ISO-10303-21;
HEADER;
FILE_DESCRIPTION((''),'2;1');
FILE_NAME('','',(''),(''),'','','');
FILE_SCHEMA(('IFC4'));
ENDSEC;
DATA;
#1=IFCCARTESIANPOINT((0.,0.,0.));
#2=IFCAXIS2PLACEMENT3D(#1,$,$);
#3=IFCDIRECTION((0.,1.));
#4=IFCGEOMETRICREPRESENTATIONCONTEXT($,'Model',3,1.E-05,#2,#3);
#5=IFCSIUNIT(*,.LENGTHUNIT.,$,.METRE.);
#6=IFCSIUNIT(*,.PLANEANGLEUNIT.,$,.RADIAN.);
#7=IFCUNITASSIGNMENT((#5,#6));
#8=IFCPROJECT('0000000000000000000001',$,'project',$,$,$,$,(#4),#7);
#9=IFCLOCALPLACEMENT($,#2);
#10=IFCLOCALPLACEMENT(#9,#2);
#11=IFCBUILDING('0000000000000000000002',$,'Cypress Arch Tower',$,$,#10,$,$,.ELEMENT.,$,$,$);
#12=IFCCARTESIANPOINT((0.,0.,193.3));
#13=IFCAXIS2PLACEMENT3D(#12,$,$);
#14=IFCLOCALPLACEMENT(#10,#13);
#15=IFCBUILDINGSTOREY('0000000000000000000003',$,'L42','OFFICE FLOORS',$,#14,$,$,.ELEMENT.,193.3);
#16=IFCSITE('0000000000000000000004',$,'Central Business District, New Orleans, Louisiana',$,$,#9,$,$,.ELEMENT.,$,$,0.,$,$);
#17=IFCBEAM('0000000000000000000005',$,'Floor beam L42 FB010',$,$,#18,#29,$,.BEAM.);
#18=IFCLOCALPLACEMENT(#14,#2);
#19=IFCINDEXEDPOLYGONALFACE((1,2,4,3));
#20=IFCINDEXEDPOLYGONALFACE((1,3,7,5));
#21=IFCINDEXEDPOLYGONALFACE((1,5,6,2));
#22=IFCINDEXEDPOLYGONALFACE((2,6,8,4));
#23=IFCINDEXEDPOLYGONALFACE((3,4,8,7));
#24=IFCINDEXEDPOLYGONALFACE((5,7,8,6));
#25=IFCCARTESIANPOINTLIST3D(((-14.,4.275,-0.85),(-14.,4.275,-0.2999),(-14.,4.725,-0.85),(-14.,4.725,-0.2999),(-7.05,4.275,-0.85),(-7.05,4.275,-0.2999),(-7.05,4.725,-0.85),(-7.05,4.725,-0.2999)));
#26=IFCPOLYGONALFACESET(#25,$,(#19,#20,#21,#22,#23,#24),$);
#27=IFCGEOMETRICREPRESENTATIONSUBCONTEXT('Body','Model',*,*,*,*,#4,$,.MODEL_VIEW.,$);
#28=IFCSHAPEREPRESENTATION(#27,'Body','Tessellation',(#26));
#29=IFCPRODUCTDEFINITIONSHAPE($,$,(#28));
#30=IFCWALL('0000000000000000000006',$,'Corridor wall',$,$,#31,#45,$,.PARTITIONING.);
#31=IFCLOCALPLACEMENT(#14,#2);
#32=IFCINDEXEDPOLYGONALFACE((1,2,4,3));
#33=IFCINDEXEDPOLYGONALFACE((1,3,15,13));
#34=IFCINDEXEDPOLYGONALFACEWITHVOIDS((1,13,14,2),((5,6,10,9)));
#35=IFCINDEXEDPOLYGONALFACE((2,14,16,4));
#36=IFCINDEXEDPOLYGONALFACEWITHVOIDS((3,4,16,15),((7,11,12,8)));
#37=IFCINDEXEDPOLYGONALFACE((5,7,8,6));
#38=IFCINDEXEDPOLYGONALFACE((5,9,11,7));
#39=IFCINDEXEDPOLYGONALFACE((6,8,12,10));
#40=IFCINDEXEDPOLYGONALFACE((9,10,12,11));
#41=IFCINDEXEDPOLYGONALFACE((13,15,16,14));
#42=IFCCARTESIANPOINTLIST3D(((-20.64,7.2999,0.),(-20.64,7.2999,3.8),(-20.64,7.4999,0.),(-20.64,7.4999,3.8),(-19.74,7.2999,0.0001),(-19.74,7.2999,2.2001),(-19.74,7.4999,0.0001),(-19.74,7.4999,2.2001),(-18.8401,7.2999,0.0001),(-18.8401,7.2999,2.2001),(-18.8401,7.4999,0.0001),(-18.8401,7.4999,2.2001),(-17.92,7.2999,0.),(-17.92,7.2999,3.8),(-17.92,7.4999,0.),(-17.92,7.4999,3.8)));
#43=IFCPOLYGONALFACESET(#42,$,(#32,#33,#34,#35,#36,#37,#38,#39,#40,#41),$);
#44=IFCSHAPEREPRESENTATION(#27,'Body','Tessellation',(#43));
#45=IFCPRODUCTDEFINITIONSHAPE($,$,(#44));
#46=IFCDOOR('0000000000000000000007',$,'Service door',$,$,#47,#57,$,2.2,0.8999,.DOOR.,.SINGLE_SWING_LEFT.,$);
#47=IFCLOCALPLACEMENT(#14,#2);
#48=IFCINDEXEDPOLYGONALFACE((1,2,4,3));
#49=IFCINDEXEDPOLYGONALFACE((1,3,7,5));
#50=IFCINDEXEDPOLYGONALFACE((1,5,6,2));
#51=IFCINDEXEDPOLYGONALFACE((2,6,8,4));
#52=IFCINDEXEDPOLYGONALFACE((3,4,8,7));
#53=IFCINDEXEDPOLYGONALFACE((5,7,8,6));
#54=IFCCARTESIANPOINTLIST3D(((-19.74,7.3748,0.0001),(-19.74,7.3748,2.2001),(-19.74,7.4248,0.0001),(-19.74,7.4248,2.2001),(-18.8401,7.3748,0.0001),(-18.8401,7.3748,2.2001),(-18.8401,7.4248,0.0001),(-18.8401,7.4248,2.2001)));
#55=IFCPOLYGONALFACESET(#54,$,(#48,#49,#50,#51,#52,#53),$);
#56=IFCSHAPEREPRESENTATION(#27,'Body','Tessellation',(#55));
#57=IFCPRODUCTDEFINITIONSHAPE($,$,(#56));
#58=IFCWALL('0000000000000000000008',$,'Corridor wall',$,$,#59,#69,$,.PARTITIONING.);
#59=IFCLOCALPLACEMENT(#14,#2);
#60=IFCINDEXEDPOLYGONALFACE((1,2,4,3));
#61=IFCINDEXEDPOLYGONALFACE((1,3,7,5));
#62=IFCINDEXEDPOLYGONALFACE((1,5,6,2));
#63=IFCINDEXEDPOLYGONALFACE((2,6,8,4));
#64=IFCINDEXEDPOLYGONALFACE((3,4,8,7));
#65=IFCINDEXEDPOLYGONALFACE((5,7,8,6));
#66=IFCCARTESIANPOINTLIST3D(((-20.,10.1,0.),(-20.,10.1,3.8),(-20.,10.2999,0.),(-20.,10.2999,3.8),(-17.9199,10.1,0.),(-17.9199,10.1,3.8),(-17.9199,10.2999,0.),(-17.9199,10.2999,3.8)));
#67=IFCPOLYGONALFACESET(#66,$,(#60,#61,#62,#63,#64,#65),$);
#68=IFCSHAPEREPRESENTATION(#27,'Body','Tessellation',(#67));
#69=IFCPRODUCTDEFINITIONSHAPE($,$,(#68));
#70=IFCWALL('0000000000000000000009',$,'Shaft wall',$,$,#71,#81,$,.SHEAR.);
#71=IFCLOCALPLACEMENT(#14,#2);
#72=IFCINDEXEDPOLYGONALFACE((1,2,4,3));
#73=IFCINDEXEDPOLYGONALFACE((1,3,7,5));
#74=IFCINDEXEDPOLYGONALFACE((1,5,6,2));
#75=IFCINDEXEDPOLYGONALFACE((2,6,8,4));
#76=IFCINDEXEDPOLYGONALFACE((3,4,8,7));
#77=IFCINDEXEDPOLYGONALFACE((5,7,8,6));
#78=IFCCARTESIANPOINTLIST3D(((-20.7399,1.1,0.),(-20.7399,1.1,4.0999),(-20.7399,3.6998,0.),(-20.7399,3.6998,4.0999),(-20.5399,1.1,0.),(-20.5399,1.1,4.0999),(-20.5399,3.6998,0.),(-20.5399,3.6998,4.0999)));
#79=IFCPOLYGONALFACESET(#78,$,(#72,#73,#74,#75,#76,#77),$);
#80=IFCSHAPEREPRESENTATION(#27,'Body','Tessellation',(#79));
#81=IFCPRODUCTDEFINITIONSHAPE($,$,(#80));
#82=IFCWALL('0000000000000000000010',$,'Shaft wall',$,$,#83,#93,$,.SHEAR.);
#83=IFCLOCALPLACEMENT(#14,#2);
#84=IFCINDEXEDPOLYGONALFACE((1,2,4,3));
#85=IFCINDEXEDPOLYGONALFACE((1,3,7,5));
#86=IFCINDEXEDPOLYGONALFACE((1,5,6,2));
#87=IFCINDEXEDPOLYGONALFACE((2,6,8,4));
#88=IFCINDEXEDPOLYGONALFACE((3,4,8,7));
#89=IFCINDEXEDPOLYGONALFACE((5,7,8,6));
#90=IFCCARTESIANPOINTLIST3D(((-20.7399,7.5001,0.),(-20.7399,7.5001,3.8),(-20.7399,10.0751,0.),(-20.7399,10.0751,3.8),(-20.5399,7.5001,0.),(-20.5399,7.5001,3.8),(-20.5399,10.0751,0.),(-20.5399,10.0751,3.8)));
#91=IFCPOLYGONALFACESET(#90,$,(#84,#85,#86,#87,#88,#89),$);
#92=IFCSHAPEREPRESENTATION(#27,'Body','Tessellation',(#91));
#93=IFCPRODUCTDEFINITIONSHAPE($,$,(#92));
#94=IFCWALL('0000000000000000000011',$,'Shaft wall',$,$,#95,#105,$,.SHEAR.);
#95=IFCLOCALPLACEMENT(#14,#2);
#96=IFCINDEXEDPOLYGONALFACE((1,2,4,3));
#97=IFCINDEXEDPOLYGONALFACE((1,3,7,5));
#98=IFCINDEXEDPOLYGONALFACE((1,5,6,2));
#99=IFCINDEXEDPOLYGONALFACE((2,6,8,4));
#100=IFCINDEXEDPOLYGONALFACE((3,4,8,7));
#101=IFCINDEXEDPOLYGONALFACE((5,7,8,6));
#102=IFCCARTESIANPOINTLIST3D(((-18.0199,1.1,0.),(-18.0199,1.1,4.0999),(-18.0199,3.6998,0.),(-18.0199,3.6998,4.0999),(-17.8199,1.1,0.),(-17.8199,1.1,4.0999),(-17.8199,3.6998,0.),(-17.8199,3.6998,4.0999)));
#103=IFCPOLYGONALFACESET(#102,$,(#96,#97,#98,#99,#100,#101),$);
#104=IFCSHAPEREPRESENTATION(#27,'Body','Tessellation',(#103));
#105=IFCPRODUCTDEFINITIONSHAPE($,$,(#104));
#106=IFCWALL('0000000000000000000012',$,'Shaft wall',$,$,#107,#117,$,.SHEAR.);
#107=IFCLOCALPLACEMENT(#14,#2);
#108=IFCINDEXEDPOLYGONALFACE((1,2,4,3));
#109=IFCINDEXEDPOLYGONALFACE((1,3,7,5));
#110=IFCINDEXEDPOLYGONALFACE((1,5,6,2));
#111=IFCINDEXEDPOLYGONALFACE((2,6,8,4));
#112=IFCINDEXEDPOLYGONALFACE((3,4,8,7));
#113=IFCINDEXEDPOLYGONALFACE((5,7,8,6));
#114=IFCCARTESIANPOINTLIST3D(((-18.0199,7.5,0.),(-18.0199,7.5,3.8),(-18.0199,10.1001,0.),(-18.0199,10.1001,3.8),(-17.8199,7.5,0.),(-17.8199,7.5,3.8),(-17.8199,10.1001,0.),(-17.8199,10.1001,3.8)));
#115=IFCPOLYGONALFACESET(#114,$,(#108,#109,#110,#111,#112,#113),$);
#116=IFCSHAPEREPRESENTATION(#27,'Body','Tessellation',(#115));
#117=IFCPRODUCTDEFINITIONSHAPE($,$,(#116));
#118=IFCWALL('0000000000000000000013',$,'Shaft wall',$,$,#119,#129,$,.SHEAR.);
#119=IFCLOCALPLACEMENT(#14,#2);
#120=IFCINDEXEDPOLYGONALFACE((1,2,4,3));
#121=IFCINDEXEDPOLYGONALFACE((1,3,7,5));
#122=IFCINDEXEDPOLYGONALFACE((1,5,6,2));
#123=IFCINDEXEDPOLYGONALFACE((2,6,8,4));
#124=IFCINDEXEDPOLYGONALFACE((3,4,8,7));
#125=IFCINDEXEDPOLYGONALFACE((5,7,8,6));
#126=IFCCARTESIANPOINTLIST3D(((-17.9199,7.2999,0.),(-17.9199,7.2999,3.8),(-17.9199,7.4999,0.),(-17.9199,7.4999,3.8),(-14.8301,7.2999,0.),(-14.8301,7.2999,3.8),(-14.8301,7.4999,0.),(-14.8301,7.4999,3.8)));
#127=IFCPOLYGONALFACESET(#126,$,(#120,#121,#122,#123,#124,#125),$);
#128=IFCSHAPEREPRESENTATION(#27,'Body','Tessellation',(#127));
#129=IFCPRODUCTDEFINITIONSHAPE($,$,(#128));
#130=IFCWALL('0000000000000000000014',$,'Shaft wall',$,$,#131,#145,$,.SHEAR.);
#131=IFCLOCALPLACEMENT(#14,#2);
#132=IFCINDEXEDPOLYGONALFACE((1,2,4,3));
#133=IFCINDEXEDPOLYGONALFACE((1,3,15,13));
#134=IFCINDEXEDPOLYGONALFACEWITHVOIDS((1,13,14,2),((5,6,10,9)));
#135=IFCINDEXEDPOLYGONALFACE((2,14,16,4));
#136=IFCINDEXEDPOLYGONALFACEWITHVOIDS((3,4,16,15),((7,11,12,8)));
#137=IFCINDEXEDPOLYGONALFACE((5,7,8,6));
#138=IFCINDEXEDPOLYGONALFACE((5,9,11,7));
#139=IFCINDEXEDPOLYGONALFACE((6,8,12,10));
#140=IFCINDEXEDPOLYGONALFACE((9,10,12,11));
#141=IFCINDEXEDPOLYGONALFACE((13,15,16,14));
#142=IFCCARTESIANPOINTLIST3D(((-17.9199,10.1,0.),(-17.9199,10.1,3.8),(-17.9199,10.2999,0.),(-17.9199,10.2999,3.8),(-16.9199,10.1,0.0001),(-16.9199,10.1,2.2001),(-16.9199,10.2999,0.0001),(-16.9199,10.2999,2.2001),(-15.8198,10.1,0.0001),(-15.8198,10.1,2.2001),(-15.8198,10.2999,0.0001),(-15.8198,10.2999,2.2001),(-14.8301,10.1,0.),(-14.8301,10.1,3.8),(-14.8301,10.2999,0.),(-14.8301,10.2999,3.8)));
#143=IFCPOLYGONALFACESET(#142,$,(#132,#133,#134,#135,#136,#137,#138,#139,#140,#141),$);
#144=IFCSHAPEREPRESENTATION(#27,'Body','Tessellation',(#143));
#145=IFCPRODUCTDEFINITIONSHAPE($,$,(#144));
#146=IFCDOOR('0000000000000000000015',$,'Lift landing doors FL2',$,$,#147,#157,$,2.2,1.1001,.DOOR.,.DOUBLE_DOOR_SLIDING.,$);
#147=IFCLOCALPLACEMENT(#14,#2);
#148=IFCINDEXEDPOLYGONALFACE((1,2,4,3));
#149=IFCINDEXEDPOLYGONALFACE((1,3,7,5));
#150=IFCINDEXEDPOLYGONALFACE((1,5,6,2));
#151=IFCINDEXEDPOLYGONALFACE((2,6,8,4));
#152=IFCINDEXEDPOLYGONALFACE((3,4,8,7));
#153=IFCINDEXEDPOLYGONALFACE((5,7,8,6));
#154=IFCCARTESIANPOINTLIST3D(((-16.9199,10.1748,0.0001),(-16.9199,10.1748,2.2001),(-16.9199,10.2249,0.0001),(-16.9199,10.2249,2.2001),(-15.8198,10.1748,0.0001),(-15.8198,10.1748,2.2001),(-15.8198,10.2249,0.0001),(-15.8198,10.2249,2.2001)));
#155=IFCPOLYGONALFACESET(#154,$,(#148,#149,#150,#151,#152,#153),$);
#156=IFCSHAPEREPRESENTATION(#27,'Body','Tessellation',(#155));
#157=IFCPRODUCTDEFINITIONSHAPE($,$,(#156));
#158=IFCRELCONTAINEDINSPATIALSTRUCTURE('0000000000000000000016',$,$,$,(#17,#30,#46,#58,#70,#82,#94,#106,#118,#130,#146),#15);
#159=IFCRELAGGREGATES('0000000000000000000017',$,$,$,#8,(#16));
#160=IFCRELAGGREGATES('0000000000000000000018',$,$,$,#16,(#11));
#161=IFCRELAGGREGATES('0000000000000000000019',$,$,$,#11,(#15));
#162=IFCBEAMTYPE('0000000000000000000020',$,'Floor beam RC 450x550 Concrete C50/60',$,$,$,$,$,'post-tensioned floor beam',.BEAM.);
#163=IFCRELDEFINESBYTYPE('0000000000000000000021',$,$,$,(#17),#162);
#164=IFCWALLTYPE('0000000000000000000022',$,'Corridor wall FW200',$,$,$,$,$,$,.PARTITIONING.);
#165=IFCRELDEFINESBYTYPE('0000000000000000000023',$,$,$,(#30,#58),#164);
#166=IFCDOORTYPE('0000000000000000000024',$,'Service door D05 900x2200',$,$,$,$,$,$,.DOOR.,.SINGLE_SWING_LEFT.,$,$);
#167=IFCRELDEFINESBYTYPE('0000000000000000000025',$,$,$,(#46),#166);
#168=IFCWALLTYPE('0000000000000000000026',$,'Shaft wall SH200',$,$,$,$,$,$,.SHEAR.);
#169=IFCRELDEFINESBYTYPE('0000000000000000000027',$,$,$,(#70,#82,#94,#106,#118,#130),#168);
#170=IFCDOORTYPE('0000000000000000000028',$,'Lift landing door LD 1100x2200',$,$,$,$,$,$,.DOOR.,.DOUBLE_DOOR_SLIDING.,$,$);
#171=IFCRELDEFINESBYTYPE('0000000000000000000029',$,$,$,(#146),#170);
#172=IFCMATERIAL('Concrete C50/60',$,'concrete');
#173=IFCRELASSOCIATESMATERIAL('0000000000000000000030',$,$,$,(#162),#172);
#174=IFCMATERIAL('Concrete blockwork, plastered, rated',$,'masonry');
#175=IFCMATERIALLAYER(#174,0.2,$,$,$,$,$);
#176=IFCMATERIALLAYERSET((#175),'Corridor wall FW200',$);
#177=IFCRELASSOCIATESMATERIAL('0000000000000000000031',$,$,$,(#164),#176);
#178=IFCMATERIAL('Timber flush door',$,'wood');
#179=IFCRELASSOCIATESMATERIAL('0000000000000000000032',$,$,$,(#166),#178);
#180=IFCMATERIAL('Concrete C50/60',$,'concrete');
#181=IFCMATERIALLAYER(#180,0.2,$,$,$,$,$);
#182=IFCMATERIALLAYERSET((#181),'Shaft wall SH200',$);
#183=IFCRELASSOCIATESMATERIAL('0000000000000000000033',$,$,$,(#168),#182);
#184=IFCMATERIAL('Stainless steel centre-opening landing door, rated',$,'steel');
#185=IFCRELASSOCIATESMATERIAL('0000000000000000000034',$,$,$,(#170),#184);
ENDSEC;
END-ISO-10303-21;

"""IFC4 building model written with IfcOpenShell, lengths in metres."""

from ifc_helpers import new_model, si_unit, direction, frame, frame_2d, origin, origin_2d, place, context, subcontext, project, spatial, rectangle, extrude, material, layer, layer_set, material_profile, profile_set, type_object, element, fill, save


model = new_model("IFC4")

# Units and contexts
model_context = context("Model", 3, precision=1e-05, world=origin(), true_north=direction((0.0, 1.0)))
body_context = subcontext(model_context, "Body", "Model", "MODEL_VIEW")
ifc_project = project(units=[si_unit("LENGTHUNIT", "METRE"), si_unit("PLANEANGLEUNIT", "RADIAN")], contexts=[model_context])

# Site, building, storey
site_placement = place(None, origin())
site = spatial("IfcSite", under=ifc_project, at=site_placement, Name="Central Business District, New Orleans, Louisiana", CompositionType="ELEMENT", RefElevation=0.0)
building_placement = place(site_placement, origin())
building = spatial("IfcBuilding", under=site, at=building_placement, Name="Cypress Arch Tower", CompositionType="ELEMENT")
storey_placement = place(building_placement, frame((0.0, 0.0, 193.3)))
storey = spatial("IfcBuildingStorey", under=building, at=storey_placement, Name="L42", Description="OFFICE FLOORS", CompositionType="ELEMENT", Elevation=193.3)

# Beam
ifc_material_1 = material(Name="Concrete C50/60", Category="concrete")
ifc_material_profile = material_profile(ifc_material_1, rectangle(XDim=0.45, YDim=0.55, at=origin_2d()), Name="RC 450x550")
ifc_profile_set = profile_set([ifc_material_profile], Name="Concrete C50/60")
beam_type = type_object("IfcBeamType", Name="Floor beam RC 450x550 Concrete C50/60", ElementType="post-tensioned floor beam", PredefinedType="BEAM", material=ifc_profile_set)
beam_placement = place(storey_placement, frame((-14.0, 4.5, -0.575), z_axis=(1.0, 0.0, 0.0), x_axis=(0.0, 1.0, 0.0)))
element("IfcBeam", 1, at=beam_placement, inside=storey, type_object=beam_type, Name="Floor beam L42 FB010", PredefinedType="BEAM", context=body_context, shape_type="SweptSolid", body=[
    extrude(rectangle(XDim=0.45, YDim=0.55, at=origin_2d()), origin(), (0.0, 0.0, 1.0), 6.95),
])

# Wall, opening, door
ifc_material_2 = material(Name="Concrete blockwork, plastered, rated", Category="masonry")
ifc_layer_1 = layer(ifc_material_2, 0.2)
ifc_layer_set_1 = layer_set([ifc_layer_1], Name="Corridor wall FW200")
wall_type_1 = type_object("IfcWallType", Name="Corridor wall FW200", PredefinedType="PARTITIONING", material=ifc_layer_set_1)
wall_1_placement = place(storey_placement, frame((-20.6399, 7.3999, 0.0), z_axis=(0.0, 0.0, 1.0), x_axis=(1.0, 0.0, 0.0)))
wall_1 = element("IfcWall", 2, at=wall_1_placement, inside=storey, type_object=wall_type_1, Name="Corridor wall", PredefinedType="PARTITIONING", context=body_context, shape_type="SweptSolid", body=[
    extrude(rectangle(XDim=2.72, YDim=0.2, at=frame_2d((1.3599, 0.0))), origin(), (0.0, 0.0, 1.0), 3.8),
])
opening_1_placement = place(wall_1_placement, frame((0.8999, 0.0, 0.0)))
opening_1 = element("IfcOpeningElement", 3, at=opening_1_placement, cuts=wall_1, PredefinedType="OPENING", context=body_context, shape_type="SweptSolid", body=[
    extrude(rectangle(XDim=0.8999, YDim=2.2, at=frame_2d((0.45, 1.1001))), frame((0.0, 0.1099, 0.0), z_axis=(0.0, -1.0, 0.0), x_axis=(1.0, 0.0, 0.0)), (0.0, 0.0, 1.0), 0.22),
])
ifc_material_3 = material(Name="Timber flush door", Category="wood")
door_type_1 = type_object("IfcDoorType", Name="Service door D05 900x2200", OperationType="SINGLE_SWING_LEFT", PredefinedType="DOOR", material=ifc_material_3)
door_1_placement = place(opening_1_placement, origin())
door_1 = element("IfcDoor", 4, at=door_1_placement, inside=storey, type_object=door_type_1, Name="Service door", OperationType="SINGLE_SWING_LEFT", OverallHeight=2.2, OverallWidth=0.8999, PredefinedType="DOOR", context=body_context, shape_type="SweptSolid", body=[
    extrude(rectangle(XDim=0.8999, YDim=2.2, at=frame_2d((0.45, 1.1001))), frame((0.0, 0.0249, 0.0), z_axis=(0.0, -1.0, 0.0), x_axis=(1.0, 0.0, 0.0)), (0.0, 0.0, 1.0), 0.05),
])
fill(opening_1, door_1)

# Walls
wall_2_placement = place(storey_placement, frame((-20.0, 10.2, 0.0), z_axis=(0.0, 0.0, 1.0), x_axis=(1.0, 0.0, 0.0)))
element("IfcWall", 5, at=wall_2_placement, inside=storey, type_object=wall_type_1, Name="Corridor wall", PredefinedType="PARTITIONING", context=body_context, shape_type="SweptSolid", body=[
    extrude(rectangle(XDim=2.0801, YDim=0.2, at=frame_2d((1.04, 0.0))), origin(), (0.0, 0.0, 1.0), 3.8),
])
ifc_material_4 = material(Name="Concrete C50/60", Category="concrete")
ifc_layer_2 = layer(ifc_material_4, 0.2)
ifc_layer_set_2 = layer_set([ifc_layer_2], Name="Shaft wall SH200")
wall_type_2 = type_object("IfcWallType", Name="Shaft wall SH200", PredefinedType="SHEAR", material=ifc_layer_set_2)
wall_3_placement = place(storey_placement, frame((-20.6399, 1.1001, 0.0), z_axis=(0.0, 0.0, 1.0), x_axis=(0.0, 1.0, 0.0)))
element("IfcWall", 6, at=wall_3_placement, inside=storey, type_object=wall_type_2, Name="Shaft wall", PredefinedType="SHEAR", context=body_context, shape_type="SweptSolid", body=[
    extrude(rectangle(XDim=2.5999, YDim=0.2, at=frame_2d((1.2998, 0.0))), origin(), (0.0, 0.0, 1.0), 4.0999),
])
wall_4_placement = place(storey_placement, frame((-20.6399, 7.5, 0.0), z_axis=(0.0, 0.0, 1.0), x_axis=(0.0, 1.0, 0.0)))
element("IfcWall", 7, at=wall_4_placement, inside=storey, type_object=wall_type_2, Name="Shaft wall", PredefinedType="SHEAR", context=body_context, shape_type="SweptSolid", body=[
    extrude(rectangle(XDim=2.575, YDim=0.2, at=frame_2d((1.2876, 0.0))), origin(), (0.0, 0.0, 1.0), 3.8),
])
wall_5_placement = place(storey_placement, frame((-17.9199, 1.1001, 0.0), z_axis=(0.0, 0.0, 1.0), x_axis=(0.0, 1.0, 0.0)))
element("IfcWall", 8, at=wall_5_placement, inside=storey, type_object=wall_type_2, Name="Shaft wall", PredefinedType="SHEAR", context=body_context, shape_type="SweptSolid", body=[
    extrude(rectangle(XDim=2.5999, YDim=0.2, at=frame_2d((1.2998, 0.0))), origin(), (0.0, 0.0, 1.0), 4.0999),
])
wall_6_placement = place(storey_placement, frame((-17.9199, 7.5, 0.0), z_axis=(0.0, 0.0, 1.0), x_axis=(0.0, 1.0, 0.0)))
element("IfcWall", 9, at=wall_6_placement, inside=storey, type_object=wall_type_2, Name="Shaft wall", PredefinedType="SHEAR", context=body_context, shape_type="SweptSolid", body=[
    extrude(rectangle(XDim=2.6001, YDim=0.2, at=frame_2d((1.3, 0.0))), origin(), (0.0, 0.0, 1.0), 3.8),
])
wall_7_placement = place(storey_placement, frame((-17.9199, 7.3999, 0.0), z_axis=(0.0, 0.0, 1.0), x_axis=(1.0, 0.0, 0.0)))
element("IfcWall", 10, at=wall_7_placement, inside=storey, type_object=wall_type_2, Name="Shaft wall", PredefinedType="SHEAR", context=body_context, shape_type="SweptSolid", body=[
    extrude(rectangle(XDim=3.0898, YDim=0.2, at=frame_2d((1.5449, 0.0))), origin(), (0.0, 0.0, 1.0), 3.8),
])

# Wall, opening, door
wall_8_placement = place(storey_placement, frame((-17.9199, 10.2, 0.0), z_axis=(0.0, 0.0, 1.0), x_axis=(1.0, 0.0, 0.0)))
wall_8 = element("IfcWall", 11, at=wall_8_placement, inside=storey, type_object=wall_type_2, Name="Shaft wall", PredefinedType="SHEAR", context=body_context, shape_type="SweptSolid", body=[
    extrude(rectangle(XDim=3.0898, YDim=0.2, at=frame_2d((1.5449, 0.0))), origin(), (0.0, 0.0, 1.0), 3.8),
])
opening_2_placement = place(wall_8_placement, frame((1.0, 0.0, 0.0)))
opening_2 = element("IfcOpeningElement", 12, at=opening_2_placement, cuts=wall_8, PredefinedType="OPENING", context=body_context, shape_type="SweptSolid", body=[
    extrude(rectangle(XDim=1.1001, YDim=2.2, at=frame_2d((0.55, 1.1001))), frame((0.0, 0.1099, 0.0), z_axis=(0.0, -1.0, 0.0), x_axis=(1.0, 0.0, 0.0)), (0.0, 0.0, 1.0), 0.22),
])
ifc_material_5 = material(Name="Stainless steel centre-opening landing door, rated", Category="steel")
door_type_2 = type_object("IfcDoorType", Name="Lift landing door LD 1100x2200", OperationType="DOUBLE_DOOR_SLIDING", PredefinedType="DOOR", material=ifc_material_5)
door_2_placement = place(opening_2_placement, origin())
door_2 = element("IfcDoor", 13, at=door_2_placement, inside=storey, type_object=door_type_2, Name="Lift landing doors FL2", OperationType="DOUBLE_DOOR_SLIDING", OverallHeight=2.2, OverallWidth=1.1001, PredefinedType="DOOR", context=body_context, shape_type="SweptSolid", body=[
    extrude(rectangle(XDim=1.1001, YDim=2.2, at=frame_2d((0.55, 1.1001))), frame((0.0, 0.0249, 0.0), z_axis=(0.0, -1.0, 0.0), x_axis=(1.0, 0.0, 0.0)), (0.0, 0.0, 1.0), 0.05),
])
fill(opening_2, door_2)

save(model, "model.ifc")
